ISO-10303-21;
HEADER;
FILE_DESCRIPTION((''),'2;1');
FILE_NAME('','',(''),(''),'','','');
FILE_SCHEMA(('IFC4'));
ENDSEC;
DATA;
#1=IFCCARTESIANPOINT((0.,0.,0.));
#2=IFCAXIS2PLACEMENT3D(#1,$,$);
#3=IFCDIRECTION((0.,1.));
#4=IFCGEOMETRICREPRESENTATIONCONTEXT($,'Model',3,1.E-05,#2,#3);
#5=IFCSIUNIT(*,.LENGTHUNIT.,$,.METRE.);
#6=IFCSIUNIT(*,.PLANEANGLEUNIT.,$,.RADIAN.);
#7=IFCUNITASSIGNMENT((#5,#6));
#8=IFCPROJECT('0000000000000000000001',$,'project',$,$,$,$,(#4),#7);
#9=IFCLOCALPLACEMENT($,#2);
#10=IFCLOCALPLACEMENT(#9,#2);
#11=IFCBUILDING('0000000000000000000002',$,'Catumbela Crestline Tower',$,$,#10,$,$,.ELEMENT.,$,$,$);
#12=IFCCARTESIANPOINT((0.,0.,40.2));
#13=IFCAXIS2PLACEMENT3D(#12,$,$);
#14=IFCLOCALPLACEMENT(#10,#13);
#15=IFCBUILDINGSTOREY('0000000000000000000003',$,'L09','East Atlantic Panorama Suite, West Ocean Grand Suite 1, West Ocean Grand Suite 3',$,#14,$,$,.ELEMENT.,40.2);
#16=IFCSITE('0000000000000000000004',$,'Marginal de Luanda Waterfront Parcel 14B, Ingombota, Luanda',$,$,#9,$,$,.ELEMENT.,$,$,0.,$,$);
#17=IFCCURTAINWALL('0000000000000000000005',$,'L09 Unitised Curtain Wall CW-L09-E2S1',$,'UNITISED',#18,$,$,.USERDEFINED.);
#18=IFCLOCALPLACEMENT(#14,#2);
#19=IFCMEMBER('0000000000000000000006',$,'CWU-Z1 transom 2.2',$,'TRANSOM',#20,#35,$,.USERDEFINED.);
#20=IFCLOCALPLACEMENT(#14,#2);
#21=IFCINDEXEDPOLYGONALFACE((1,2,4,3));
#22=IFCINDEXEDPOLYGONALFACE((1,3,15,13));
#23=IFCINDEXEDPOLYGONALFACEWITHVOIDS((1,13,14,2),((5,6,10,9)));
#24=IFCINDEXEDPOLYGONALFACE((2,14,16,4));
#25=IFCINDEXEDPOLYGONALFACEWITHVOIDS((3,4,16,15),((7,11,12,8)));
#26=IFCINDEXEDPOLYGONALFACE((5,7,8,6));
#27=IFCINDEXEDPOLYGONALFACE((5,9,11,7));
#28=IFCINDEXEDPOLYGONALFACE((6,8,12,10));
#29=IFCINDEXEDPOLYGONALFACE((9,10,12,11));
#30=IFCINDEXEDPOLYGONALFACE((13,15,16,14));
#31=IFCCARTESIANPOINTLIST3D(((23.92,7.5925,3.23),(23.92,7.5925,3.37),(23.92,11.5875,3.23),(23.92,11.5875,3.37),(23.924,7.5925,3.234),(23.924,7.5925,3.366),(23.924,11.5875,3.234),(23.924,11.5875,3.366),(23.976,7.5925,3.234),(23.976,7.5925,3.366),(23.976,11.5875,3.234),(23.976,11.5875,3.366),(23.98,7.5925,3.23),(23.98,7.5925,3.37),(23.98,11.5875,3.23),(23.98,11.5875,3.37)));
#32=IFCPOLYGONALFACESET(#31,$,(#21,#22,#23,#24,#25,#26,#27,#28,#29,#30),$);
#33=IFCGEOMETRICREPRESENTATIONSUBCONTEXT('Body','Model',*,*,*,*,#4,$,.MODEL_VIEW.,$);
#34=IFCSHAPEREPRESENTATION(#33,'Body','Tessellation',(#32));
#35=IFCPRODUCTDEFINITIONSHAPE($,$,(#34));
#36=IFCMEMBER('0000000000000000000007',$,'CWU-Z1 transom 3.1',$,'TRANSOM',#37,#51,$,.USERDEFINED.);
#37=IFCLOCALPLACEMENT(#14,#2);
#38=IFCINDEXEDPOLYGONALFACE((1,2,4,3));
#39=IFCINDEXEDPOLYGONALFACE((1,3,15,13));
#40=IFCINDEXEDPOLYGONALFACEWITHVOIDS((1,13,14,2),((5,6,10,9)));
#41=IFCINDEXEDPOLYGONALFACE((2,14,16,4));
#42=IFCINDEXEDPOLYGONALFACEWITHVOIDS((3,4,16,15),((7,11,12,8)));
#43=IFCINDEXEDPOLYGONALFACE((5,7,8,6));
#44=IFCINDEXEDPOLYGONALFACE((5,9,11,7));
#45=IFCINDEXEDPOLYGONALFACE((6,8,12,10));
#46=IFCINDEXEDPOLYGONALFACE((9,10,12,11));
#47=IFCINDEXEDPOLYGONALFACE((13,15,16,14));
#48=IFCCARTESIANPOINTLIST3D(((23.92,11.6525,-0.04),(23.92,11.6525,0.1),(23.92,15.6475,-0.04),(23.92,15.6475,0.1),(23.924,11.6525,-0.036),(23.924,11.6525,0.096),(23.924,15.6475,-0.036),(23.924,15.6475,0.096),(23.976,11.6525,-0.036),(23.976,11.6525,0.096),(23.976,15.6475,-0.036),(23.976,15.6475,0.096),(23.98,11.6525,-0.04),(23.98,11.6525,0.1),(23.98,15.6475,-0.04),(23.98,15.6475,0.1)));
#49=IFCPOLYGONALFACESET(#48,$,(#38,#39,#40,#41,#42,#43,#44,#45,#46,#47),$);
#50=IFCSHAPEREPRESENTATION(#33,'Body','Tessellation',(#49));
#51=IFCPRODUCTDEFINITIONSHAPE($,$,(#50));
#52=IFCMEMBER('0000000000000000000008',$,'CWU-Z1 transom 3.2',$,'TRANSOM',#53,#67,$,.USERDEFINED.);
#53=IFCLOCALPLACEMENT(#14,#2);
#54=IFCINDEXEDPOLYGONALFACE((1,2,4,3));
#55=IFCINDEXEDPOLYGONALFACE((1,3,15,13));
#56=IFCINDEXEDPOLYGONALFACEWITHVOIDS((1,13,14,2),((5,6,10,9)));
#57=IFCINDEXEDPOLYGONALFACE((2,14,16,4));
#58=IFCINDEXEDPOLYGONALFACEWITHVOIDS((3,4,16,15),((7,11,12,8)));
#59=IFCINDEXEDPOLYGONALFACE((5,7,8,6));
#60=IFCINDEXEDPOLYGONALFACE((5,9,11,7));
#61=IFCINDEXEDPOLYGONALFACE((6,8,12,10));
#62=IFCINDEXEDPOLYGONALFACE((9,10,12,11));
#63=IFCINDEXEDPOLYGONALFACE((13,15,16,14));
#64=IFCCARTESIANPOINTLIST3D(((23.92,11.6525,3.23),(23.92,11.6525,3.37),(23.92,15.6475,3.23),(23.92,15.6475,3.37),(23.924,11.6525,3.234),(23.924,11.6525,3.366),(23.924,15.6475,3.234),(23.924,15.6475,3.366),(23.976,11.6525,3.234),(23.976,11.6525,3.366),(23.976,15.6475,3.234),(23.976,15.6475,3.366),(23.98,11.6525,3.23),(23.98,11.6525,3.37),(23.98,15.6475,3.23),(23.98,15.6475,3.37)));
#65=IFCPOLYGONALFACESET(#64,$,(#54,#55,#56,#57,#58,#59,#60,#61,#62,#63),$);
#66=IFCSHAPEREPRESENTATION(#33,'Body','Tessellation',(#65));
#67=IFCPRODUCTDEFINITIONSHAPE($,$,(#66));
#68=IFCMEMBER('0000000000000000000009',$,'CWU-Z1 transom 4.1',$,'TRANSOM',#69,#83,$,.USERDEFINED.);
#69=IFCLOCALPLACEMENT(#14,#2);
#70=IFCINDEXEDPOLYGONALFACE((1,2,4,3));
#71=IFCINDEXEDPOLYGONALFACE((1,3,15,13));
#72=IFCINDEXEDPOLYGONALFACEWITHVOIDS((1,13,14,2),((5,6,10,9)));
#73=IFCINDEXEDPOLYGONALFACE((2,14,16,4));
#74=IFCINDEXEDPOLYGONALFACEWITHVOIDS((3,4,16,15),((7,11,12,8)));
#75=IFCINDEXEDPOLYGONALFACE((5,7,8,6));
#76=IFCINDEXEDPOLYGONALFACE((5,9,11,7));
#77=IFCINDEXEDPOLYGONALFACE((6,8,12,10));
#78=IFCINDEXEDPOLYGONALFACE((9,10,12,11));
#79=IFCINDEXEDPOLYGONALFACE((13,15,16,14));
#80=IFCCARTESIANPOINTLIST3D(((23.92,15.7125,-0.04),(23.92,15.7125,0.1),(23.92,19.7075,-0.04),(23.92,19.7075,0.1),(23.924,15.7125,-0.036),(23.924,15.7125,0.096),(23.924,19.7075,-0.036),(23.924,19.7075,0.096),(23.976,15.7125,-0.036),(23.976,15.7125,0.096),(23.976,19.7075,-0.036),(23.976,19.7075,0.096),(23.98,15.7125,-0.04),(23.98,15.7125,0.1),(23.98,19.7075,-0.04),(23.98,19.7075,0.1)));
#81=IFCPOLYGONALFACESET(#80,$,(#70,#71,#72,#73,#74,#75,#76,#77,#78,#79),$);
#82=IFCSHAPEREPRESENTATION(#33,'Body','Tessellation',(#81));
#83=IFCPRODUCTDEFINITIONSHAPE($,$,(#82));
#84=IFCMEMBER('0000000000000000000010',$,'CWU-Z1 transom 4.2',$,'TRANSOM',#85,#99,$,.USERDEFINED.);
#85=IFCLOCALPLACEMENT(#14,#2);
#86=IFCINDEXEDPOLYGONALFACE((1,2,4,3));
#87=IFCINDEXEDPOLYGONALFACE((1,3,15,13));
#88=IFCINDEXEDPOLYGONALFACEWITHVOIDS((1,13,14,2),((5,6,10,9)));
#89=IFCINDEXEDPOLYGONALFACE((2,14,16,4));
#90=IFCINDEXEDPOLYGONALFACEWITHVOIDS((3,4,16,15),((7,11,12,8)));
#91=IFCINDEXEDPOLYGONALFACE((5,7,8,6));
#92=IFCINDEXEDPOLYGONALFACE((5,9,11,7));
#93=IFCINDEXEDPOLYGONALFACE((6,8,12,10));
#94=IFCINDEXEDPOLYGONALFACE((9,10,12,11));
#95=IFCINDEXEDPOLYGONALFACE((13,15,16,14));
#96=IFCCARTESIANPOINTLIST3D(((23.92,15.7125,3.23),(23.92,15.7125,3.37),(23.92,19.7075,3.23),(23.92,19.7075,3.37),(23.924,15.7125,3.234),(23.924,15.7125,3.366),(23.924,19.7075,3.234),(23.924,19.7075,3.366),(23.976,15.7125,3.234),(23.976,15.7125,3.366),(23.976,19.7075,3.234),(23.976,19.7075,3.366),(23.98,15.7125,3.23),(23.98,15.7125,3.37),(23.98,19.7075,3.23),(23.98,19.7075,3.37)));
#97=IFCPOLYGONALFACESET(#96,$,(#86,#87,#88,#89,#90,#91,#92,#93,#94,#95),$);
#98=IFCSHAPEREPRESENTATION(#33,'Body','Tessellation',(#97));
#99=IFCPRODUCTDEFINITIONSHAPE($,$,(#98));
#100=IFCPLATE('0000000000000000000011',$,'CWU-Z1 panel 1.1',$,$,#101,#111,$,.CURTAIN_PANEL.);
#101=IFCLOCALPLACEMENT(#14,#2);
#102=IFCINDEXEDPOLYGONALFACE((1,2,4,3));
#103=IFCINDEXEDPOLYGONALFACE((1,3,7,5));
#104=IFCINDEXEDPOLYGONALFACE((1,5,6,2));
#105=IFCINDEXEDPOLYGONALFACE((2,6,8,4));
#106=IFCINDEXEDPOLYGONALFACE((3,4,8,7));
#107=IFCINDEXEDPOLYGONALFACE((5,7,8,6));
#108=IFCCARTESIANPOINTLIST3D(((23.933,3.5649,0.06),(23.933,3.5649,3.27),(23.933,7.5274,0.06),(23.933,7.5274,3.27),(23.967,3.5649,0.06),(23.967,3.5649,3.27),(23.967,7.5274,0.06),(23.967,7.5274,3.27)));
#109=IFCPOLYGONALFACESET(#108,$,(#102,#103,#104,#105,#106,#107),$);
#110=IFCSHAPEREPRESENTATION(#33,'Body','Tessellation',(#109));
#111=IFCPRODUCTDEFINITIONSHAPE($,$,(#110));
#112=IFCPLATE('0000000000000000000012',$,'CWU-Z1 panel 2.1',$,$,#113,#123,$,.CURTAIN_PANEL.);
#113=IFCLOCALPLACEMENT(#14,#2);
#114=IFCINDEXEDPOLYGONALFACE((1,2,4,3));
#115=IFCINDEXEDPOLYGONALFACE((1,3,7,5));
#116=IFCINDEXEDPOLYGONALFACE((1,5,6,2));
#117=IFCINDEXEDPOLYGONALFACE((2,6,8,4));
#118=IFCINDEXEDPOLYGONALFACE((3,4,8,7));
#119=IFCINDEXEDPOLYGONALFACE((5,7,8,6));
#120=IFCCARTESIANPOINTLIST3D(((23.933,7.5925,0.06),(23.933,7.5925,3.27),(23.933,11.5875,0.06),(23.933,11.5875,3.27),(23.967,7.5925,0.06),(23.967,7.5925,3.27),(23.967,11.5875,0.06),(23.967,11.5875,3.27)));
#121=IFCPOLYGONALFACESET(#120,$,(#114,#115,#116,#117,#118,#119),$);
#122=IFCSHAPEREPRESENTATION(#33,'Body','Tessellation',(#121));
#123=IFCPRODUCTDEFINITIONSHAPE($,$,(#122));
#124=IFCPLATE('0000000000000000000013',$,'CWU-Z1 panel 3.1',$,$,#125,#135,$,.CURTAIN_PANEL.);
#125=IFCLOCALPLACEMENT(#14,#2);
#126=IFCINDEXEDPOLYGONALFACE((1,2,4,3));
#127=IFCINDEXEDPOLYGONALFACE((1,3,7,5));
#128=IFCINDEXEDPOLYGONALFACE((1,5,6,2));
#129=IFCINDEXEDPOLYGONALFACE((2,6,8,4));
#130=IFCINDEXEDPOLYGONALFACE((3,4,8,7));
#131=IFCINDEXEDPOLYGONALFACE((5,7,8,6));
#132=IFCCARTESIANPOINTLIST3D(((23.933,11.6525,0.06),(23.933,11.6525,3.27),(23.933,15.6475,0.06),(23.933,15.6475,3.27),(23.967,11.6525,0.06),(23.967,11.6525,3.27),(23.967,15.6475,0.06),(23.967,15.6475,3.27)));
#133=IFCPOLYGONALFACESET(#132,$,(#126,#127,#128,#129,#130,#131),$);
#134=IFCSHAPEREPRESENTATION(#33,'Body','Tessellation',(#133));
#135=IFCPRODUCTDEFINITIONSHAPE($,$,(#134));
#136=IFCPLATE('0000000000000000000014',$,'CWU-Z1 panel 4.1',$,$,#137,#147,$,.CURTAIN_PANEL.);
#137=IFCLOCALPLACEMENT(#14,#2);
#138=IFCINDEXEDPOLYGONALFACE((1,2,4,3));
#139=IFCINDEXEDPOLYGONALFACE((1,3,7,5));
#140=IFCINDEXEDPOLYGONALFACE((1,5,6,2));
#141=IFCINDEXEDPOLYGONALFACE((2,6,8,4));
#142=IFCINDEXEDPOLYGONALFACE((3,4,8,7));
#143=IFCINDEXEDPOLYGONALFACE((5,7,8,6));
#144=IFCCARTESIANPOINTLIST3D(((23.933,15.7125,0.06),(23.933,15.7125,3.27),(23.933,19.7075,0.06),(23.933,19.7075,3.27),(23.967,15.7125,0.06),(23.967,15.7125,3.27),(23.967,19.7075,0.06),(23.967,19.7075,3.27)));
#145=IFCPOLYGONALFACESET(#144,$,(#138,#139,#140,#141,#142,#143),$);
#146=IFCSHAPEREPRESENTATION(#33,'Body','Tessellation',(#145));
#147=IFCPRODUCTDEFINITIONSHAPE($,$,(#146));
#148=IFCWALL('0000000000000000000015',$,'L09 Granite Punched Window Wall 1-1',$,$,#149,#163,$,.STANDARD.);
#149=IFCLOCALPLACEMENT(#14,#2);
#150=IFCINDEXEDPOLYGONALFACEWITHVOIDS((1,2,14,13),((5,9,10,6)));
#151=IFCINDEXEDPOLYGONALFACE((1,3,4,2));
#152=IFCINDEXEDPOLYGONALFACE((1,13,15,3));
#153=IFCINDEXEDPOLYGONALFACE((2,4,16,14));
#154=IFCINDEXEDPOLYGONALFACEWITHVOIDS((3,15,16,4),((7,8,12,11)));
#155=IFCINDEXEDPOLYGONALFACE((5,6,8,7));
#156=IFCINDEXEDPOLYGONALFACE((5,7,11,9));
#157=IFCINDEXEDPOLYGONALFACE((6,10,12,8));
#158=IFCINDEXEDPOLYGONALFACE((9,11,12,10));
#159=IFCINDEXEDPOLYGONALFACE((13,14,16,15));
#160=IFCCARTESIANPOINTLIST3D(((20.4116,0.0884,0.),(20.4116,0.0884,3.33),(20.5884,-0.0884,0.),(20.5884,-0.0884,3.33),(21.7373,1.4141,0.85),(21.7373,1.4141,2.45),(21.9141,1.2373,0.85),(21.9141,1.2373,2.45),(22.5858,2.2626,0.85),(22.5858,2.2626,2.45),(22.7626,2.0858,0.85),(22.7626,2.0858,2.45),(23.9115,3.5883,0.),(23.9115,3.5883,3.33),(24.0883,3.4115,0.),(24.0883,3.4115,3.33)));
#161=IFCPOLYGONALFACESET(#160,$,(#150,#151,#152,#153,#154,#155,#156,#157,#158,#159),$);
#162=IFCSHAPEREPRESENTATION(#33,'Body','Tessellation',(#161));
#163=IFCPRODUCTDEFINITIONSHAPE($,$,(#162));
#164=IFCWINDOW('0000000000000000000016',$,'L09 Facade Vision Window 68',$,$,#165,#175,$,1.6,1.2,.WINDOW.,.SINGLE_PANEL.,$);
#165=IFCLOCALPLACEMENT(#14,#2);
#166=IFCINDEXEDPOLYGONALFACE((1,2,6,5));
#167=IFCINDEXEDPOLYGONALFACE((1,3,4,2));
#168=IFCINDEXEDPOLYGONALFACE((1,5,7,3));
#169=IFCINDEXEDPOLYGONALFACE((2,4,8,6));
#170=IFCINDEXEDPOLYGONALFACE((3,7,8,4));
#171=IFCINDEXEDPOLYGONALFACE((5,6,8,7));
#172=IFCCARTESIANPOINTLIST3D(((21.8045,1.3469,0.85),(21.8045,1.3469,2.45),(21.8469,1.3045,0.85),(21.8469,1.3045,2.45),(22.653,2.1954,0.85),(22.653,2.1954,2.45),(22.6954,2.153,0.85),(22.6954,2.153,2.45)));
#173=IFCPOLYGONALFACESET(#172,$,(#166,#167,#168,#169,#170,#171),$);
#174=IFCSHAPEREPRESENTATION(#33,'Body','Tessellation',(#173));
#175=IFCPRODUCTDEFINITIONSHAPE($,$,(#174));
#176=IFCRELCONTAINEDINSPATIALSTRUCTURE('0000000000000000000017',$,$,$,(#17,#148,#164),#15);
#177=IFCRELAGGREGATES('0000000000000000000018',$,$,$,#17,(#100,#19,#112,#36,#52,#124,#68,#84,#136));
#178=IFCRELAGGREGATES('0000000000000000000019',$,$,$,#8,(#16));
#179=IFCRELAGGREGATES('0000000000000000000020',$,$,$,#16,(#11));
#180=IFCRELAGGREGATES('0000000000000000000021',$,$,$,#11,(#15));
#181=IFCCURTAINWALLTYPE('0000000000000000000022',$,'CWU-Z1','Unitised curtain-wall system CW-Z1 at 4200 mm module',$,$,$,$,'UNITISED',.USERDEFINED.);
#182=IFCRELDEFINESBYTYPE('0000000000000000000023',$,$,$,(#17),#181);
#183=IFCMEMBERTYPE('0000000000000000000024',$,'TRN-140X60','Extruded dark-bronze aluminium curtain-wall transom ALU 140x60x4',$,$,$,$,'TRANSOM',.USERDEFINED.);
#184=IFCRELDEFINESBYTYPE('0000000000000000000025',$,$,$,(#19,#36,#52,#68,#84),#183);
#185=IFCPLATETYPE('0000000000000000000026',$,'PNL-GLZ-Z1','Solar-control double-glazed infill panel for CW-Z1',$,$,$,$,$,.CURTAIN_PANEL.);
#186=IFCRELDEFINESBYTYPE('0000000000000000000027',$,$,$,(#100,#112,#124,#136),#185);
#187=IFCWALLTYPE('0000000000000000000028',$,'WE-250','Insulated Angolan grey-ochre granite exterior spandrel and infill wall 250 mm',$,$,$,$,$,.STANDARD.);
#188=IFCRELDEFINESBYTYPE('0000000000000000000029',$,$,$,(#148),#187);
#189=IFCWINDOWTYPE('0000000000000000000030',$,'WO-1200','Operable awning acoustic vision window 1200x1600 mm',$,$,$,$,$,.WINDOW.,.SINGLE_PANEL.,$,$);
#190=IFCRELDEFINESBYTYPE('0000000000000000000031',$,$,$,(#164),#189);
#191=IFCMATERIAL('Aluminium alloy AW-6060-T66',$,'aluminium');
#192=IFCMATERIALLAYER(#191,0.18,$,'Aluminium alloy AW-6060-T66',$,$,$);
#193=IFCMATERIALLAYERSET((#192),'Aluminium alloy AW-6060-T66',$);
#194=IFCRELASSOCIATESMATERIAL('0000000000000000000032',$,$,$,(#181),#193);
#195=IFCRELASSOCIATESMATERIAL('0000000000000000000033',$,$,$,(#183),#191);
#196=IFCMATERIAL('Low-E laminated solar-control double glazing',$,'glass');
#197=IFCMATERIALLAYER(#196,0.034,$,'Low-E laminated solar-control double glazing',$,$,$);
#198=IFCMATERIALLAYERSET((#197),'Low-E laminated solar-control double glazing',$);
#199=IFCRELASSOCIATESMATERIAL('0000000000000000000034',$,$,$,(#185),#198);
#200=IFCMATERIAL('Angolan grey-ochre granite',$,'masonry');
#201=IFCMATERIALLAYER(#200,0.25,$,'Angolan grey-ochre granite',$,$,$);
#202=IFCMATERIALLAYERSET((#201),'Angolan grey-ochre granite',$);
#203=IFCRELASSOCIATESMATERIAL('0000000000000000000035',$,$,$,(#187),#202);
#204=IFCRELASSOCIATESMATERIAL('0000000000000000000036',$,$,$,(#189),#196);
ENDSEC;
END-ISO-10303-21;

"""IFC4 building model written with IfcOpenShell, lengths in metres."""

from ifc_helpers import new_model, si_unit, direction, frame, frame_2d, origin, origin_2d, place, context, subcontext, project, spatial, rectangle, hollow_rectangle, extrude, material, layer, layer_set, material_profile, profile_set, type_object, element, fill, aggregate, save


model = new_model("IFC4")

# Units and contexts
model_context = context("Model", 3, precision=1e-05, world=origin(), true_north=direction((0.0, 1.0)))
body_context = subcontext(model_context, "Body", "Model", "MODEL_VIEW")
ifc_project = project(units=[si_unit("LENGTHUNIT", "METRE"), si_unit("PLANEANGLEUNIT", "RADIAN")], contexts=[model_context])

# Site, building, storey
site_placement = place(None, origin())
site = spatial("IfcSite", under=ifc_project, at=site_placement, Name="Marginal de Luanda Waterfront Parcel 14B, Ingombota, Luanda", CompositionType="ELEMENT", RefElevation=0.0)
building_placement = place(site_placement, origin())
building = spatial("IfcBuilding", under=site, at=building_placement, Name="Catumbela Crestline Tower", CompositionType="ELEMENT")
storey_placement = place(building_placement, frame((0.0, 0.0, 40.2)))
storey = spatial("IfcBuildingStorey", under=building, at=storey_placement, Name="L09", Description="East Atlantic Panorama Suite, West Ocean Grand Suite 1, West Ocean Grand Suite 3", CompositionType="ELEMENT", Elevation=40.2)

# Shared definitions
ifc_material_1 = material(Name="Aluminium alloy AW-6060-T66", Category="aluminium")
ifc_layer_1 = layer(ifc_material_1, 0.18, Name="Aluminium alloy AW-6060-T66")
ifc_layer_set_1 = layer_set([ifc_layer_1], Name="Aluminium alloy AW-6060-T66")
curtain_wall_type = type_object("IfcCurtainWallType", Name="CWU-Z1", Description="Unitised curtain-wall system CW-Z1 at 4200 mm module", ElementType="UNITISED", PredefinedType="USERDEFINED", material=ifc_layer_set_1)

# Curtain wall
curtain_wall_1_placement = place(storey_placement, origin())
curtain_wall_1 = element("IfcCurtainWall", 1, at=curtain_wall_1_placement, inside=storey, type_object=curtain_wall_type, Name="L09 Unitised Curtain Wall CW-L09-E2S1", ObjectType="UNITISED", PredefinedType="USERDEFINED")

# Members
ifc_material_profile_1 = material_profile(ifc_material_1, hollow_rectangle(XDim=0.06, YDim=0.14, WallThickness=0.004, at=origin_2d()), Name="ALU 140x60x4")
ifc_profile_set_1 = profile_set([ifc_material_profile_1], Name="Aluminium alloy AW-6060-T66")
member_type_1 = type_object("IfcMemberType", Name="TRN-140X60", Description="Extruded dark-bronze aluminium curtain-wall transom ALU 140x60x4", ElementType="TRANSOM", PredefinedType="USERDEFINED", material=ifc_profile_set_1)
member_1_placement = place(storey_placement, frame((23.95, 7.5925, 3.3), z_axis=(0.0, 1.0, 0.0), x_axis=(-1.0, 0.0, 0.0)))
member_1 = element("IfcMember", 2, at=member_1_placement, type_object=member_type_1, Name="CWU-Z1 transom 2.2", ObjectType="TRANSOM", PredefinedType="USERDEFINED", context=body_context, shape_type="SweptSolid", body=[
    extrude(hollow_rectangle(XDim=0.06, YDim=0.14, WallThickness=0.004, at=origin_2d()), origin(), (0.0, 0.0, 1.0), 3.995),
])
member_2_placement = place(storey_placement, frame((23.95, 11.6525, 0.03), z_axis=(0.0, 1.0, 0.0), x_axis=(-1.0, 0.0, 0.0)))
member_2 = element("IfcMember", 3, at=member_2_placement, type_object=member_type_1, Name="CWU-Z1 transom 3.1", ObjectType="TRANSOM", PredefinedType="USERDEFINED", context=body_context, shape_type="SweptSolid", body=[
    extrude(hollow_rectangle(XDim=0.06, YDim=0.14, WallThickness=0.004, at=origin_2d()), origin(), (0.0, 0.0, 1.0), 3.995),
])
member_3_placement = place(storey_placement, frame((23.95, 11.6525, 3.3), z_axis=(0.0, 1.0, 0.0), x_axis=(-1.0, 0.0, 0.0)))
member_3 = element("IfcMember", 4, at=member_3_placement, type_object=member_type_1, Name="CWU-Z1 transom 3.2", ObjectType="TRANSOM", PredefinedType="USERDEFINED", context=body_context, shape_type="SweptSolid", body=[
    extrude(hollow_rectangle(XDim=0.06, YDim=0.14, WallThickness=0.004, at=origin_2d()), origin(), (0.0, 0.0, 1.0), 3.995),
])
member_4_placement = place(storey_placement, frame((23.95, 15.7125, 0.03), z_axis=(0.0, 1.0, 0.0), x_axis=(-1.0, 0.0, 0.0)))
member_4 = element("IfcMember", 5, at=member_4_placement, type_object=member_type_1, Name="CWU-Z1 transom 4.1", ObjectType="TRANSOM", PredefinedType="USERDEFINED", context=body_context, shape_type="SweptSolid", body=[
    extrude(hollow_rectangle(XDim=0.06, YDim=0.14, WallThickness=0.004, at=origin_2d()), origin(), (0.0, 0.0, 1.0), 3.995),
])
member_5_placement = place(storey_placement, frame((23.95, 15.7125, 3.3), z_axis=(0.0, 1.0, 0.0), x_axis=(-1.0, 0.0, 0.0)))
member_5 = element("IfcMember", 6, at=member_5_placement, type_object=member_type_1, Name="CWU-Z1 transom 4.2", ObjectType="TRANSOM", PredefinedType="USERDEFINED", context=body_context, shape_type="SweptSolid", body=[
    extrude(hollow_rectangle(XDim=0.06, YDim=0.14, WallThickness=0.004, at=origin_2d()), origin(), (0.0, 0.0, 1.0), 3.995),
])

# Plates
ifc_material_2 = material(Name="Low-E laminated solar-control double glazing", Category="glass")
ifc_layer_2 = layer(ifc_material_2, 0.034, Name="Low-E laminated solar-control double glazing")
ifc_layer_set_2 = layer_set([ifc_layer_2], Name="Low-E laminated solar-control double glazing")
plate_type = type_object("IfcPlateType", Name="PNL-GLZ-Z1", Description="Solar-control double-glazed infill panel for CW-Z1", PredefinedType="CURTAIN_PANEL", material=ifc_layer_set_2)
plate_1_placement = place(storey_placement, frame((23.95, 5.5462, 0.06), z_axis=(0.0, 0.0, 1.0), x_axis=(0.0, 1.0, 0.0)))
plate_1 = element("IfcPlate", 7, at=plate_1_placement, type_object=plate_type, Name="CWU-Z1 panel 1.1", PredefinedType="CURTAIN_PANEL", context=body_context, shape_type="SweptSolid", body=[
    extrude(rectangle(XDim=3.9625, YDim=0.034, at=origin_2d()), origin(), (0.0, 0.0, 1.0), 3.21),
])
plate_2_placement = place(storey_placement, frame((23.95, 9.59, 0.06), z_axis=(0.0, 0.0, 1.0), x_axis=(0.0, 1.0, 0.0)))
plate_2 = element("IfcPlate", 8, at=plate_2_placement, type_object=plate_type, Name="CWU-Z1 panel 2.1", PredefinedType="CURTAIN_PANEL", context=body_context, shape_type="SweptSolid", body=[
    extrude(rectangle(XDim=3.995, YDim=0.034, at=origin_2d()), origin(), (0.0, 0.0, 1.0), 3.21),
])
plate_3_placement = place(storey_placement, frame((23.95, 13.65, 0.06), z_axis=(0.0, 0.0, 1.0), x_axis=(0.0, 1.0, 0.0)))
plate_3 = element("IfcPlate", 9, at=plate_3_placement, type_object=plate_type, Name="CWU-Z1 panel 3.1", PredefinedType="CURTAIN_PANEL", context=body_context, shape_type="SweptSolid", body=[
    extrude(rectangle(XDim=3.995, YDim=0.034, at=origin_2d()), origin(), (0.0, 0.0, 1.0), 3.21),
])
plate_4_placement = place(storey_placement, frame((23.95, 17.71, 0.06), z_axis=(0.0, 0.0, 1.0), x_axis=(0.0, 1.0, 0.0)))
plate_4 = element("IfcPlate", 10, at=plate_4_placement, type_object=plate_type, Name="CWU-Z1 panel 4.1", PredefinedType="CURTAIN_PANEL", context=body_context, shape_type="SweptSolid", body=[
    extrude(rectangle(XDim=3.995, YDim=0.034, at=origin_2d()), origin(), (0.0, 0.0, 1.0), 3.21),
])
aggregate(curtain_wall_1, [plate_1, member_1, plate_2, member_2, member_3, plate_3, member_4, member_5, plate_4])

# Wall, opening, window
ifc_material_3 = material(Name="Angolan grey-ochre granite", Category="masonry")
ifc_layer_3 = layer(ifc_material_3, 0.25, Name="Angolan grey-ochre granite")
ifc_layer_set_3 = layer_set([ifc_layer_3], Name="Angolan grey-ochre granite")
wall_type_1 = type_object("IfcWallType", Name="WE-250", Description="Insulated Angolan grey-ochre granite exterior spandrel and infill wall 250 mm", PredefinedType="STANDARD", material=ifc_layer_set_3)
wall_1_placement = place(storey_placement, frame((20.5, 0.0, 0.0), z_axis=(0.0, 0.0, 1.0), x_axis=(0.707107, 0.707107, 0.0)))
wall_1 = element("IfcWall", 11, at=wall_1_placement, inside=storey, type_object=wall_type_1, Name="L09 Granite Punched Window Wall 1-1", PredefinedType="STANDARD", context=body_context, shape_type="SweptSolid", body=[
    extrude(rectangle(XDim=4.9497, YDim=0.25, at=frame_2d((2.4748, 0.0))), origin(), (0.0, 0.0, 1.0), 3.33),
])
opening_1_placement = place(wall_1_placement, frame((1.8748, 0.0, 0.85)))
opening_1 = element("IfcOpeningElement", 12, at=opening_1_placement, cuts=wall_1, PredefinedType="OPENING", context=body_context, shape_type="SweptSolid", body=[
    extrude(rectangle(XDim=1.2, YDim=1.6, at=frame_2d((0.6, 0.8))), frame((0.0, 0.135, 0.0), z_axis=(0.0, -1.0, 0.0), x_axis=(1.0, 0.0, 0.0)), (0.0, 0.0, 1.0), 0.27),
])
window_type = type_object("IfcWindowType", Name="WO-1200", Description="Operable awning acoustic vision window 1200x1600 mm", PartitioningType="SINGLE_PANEL", PredefinedType="WINDOW", material=ifc_material_2)
window_placement = place(opening_1_placement, origin())
window = element("IfcWindow", 13, at=window_placement, inside=storey, type_object=window_type, Name="L09 Facade Vision Window 68", OverallHeight=1.6, OverallWidth=1.2, PartitioningType="SINGLE_PANEL", PredefinedType="WINDOW", context=body_context, shape_type="SweptSolid", body=[
    extrude(rectangle(XDim=1.2, YDim=1.6, at=frame_2d((0.6, 0.8))), frame((0.0, 0.03, 0.0), z_axis=(0.0, -1.0, 0.0), x_axis=(1.0, 0.0, 0.0)), (0.0, 0.0, 1.0), 0.06),
])
fill(opening_1, window)

save(model, "model.ifc")
